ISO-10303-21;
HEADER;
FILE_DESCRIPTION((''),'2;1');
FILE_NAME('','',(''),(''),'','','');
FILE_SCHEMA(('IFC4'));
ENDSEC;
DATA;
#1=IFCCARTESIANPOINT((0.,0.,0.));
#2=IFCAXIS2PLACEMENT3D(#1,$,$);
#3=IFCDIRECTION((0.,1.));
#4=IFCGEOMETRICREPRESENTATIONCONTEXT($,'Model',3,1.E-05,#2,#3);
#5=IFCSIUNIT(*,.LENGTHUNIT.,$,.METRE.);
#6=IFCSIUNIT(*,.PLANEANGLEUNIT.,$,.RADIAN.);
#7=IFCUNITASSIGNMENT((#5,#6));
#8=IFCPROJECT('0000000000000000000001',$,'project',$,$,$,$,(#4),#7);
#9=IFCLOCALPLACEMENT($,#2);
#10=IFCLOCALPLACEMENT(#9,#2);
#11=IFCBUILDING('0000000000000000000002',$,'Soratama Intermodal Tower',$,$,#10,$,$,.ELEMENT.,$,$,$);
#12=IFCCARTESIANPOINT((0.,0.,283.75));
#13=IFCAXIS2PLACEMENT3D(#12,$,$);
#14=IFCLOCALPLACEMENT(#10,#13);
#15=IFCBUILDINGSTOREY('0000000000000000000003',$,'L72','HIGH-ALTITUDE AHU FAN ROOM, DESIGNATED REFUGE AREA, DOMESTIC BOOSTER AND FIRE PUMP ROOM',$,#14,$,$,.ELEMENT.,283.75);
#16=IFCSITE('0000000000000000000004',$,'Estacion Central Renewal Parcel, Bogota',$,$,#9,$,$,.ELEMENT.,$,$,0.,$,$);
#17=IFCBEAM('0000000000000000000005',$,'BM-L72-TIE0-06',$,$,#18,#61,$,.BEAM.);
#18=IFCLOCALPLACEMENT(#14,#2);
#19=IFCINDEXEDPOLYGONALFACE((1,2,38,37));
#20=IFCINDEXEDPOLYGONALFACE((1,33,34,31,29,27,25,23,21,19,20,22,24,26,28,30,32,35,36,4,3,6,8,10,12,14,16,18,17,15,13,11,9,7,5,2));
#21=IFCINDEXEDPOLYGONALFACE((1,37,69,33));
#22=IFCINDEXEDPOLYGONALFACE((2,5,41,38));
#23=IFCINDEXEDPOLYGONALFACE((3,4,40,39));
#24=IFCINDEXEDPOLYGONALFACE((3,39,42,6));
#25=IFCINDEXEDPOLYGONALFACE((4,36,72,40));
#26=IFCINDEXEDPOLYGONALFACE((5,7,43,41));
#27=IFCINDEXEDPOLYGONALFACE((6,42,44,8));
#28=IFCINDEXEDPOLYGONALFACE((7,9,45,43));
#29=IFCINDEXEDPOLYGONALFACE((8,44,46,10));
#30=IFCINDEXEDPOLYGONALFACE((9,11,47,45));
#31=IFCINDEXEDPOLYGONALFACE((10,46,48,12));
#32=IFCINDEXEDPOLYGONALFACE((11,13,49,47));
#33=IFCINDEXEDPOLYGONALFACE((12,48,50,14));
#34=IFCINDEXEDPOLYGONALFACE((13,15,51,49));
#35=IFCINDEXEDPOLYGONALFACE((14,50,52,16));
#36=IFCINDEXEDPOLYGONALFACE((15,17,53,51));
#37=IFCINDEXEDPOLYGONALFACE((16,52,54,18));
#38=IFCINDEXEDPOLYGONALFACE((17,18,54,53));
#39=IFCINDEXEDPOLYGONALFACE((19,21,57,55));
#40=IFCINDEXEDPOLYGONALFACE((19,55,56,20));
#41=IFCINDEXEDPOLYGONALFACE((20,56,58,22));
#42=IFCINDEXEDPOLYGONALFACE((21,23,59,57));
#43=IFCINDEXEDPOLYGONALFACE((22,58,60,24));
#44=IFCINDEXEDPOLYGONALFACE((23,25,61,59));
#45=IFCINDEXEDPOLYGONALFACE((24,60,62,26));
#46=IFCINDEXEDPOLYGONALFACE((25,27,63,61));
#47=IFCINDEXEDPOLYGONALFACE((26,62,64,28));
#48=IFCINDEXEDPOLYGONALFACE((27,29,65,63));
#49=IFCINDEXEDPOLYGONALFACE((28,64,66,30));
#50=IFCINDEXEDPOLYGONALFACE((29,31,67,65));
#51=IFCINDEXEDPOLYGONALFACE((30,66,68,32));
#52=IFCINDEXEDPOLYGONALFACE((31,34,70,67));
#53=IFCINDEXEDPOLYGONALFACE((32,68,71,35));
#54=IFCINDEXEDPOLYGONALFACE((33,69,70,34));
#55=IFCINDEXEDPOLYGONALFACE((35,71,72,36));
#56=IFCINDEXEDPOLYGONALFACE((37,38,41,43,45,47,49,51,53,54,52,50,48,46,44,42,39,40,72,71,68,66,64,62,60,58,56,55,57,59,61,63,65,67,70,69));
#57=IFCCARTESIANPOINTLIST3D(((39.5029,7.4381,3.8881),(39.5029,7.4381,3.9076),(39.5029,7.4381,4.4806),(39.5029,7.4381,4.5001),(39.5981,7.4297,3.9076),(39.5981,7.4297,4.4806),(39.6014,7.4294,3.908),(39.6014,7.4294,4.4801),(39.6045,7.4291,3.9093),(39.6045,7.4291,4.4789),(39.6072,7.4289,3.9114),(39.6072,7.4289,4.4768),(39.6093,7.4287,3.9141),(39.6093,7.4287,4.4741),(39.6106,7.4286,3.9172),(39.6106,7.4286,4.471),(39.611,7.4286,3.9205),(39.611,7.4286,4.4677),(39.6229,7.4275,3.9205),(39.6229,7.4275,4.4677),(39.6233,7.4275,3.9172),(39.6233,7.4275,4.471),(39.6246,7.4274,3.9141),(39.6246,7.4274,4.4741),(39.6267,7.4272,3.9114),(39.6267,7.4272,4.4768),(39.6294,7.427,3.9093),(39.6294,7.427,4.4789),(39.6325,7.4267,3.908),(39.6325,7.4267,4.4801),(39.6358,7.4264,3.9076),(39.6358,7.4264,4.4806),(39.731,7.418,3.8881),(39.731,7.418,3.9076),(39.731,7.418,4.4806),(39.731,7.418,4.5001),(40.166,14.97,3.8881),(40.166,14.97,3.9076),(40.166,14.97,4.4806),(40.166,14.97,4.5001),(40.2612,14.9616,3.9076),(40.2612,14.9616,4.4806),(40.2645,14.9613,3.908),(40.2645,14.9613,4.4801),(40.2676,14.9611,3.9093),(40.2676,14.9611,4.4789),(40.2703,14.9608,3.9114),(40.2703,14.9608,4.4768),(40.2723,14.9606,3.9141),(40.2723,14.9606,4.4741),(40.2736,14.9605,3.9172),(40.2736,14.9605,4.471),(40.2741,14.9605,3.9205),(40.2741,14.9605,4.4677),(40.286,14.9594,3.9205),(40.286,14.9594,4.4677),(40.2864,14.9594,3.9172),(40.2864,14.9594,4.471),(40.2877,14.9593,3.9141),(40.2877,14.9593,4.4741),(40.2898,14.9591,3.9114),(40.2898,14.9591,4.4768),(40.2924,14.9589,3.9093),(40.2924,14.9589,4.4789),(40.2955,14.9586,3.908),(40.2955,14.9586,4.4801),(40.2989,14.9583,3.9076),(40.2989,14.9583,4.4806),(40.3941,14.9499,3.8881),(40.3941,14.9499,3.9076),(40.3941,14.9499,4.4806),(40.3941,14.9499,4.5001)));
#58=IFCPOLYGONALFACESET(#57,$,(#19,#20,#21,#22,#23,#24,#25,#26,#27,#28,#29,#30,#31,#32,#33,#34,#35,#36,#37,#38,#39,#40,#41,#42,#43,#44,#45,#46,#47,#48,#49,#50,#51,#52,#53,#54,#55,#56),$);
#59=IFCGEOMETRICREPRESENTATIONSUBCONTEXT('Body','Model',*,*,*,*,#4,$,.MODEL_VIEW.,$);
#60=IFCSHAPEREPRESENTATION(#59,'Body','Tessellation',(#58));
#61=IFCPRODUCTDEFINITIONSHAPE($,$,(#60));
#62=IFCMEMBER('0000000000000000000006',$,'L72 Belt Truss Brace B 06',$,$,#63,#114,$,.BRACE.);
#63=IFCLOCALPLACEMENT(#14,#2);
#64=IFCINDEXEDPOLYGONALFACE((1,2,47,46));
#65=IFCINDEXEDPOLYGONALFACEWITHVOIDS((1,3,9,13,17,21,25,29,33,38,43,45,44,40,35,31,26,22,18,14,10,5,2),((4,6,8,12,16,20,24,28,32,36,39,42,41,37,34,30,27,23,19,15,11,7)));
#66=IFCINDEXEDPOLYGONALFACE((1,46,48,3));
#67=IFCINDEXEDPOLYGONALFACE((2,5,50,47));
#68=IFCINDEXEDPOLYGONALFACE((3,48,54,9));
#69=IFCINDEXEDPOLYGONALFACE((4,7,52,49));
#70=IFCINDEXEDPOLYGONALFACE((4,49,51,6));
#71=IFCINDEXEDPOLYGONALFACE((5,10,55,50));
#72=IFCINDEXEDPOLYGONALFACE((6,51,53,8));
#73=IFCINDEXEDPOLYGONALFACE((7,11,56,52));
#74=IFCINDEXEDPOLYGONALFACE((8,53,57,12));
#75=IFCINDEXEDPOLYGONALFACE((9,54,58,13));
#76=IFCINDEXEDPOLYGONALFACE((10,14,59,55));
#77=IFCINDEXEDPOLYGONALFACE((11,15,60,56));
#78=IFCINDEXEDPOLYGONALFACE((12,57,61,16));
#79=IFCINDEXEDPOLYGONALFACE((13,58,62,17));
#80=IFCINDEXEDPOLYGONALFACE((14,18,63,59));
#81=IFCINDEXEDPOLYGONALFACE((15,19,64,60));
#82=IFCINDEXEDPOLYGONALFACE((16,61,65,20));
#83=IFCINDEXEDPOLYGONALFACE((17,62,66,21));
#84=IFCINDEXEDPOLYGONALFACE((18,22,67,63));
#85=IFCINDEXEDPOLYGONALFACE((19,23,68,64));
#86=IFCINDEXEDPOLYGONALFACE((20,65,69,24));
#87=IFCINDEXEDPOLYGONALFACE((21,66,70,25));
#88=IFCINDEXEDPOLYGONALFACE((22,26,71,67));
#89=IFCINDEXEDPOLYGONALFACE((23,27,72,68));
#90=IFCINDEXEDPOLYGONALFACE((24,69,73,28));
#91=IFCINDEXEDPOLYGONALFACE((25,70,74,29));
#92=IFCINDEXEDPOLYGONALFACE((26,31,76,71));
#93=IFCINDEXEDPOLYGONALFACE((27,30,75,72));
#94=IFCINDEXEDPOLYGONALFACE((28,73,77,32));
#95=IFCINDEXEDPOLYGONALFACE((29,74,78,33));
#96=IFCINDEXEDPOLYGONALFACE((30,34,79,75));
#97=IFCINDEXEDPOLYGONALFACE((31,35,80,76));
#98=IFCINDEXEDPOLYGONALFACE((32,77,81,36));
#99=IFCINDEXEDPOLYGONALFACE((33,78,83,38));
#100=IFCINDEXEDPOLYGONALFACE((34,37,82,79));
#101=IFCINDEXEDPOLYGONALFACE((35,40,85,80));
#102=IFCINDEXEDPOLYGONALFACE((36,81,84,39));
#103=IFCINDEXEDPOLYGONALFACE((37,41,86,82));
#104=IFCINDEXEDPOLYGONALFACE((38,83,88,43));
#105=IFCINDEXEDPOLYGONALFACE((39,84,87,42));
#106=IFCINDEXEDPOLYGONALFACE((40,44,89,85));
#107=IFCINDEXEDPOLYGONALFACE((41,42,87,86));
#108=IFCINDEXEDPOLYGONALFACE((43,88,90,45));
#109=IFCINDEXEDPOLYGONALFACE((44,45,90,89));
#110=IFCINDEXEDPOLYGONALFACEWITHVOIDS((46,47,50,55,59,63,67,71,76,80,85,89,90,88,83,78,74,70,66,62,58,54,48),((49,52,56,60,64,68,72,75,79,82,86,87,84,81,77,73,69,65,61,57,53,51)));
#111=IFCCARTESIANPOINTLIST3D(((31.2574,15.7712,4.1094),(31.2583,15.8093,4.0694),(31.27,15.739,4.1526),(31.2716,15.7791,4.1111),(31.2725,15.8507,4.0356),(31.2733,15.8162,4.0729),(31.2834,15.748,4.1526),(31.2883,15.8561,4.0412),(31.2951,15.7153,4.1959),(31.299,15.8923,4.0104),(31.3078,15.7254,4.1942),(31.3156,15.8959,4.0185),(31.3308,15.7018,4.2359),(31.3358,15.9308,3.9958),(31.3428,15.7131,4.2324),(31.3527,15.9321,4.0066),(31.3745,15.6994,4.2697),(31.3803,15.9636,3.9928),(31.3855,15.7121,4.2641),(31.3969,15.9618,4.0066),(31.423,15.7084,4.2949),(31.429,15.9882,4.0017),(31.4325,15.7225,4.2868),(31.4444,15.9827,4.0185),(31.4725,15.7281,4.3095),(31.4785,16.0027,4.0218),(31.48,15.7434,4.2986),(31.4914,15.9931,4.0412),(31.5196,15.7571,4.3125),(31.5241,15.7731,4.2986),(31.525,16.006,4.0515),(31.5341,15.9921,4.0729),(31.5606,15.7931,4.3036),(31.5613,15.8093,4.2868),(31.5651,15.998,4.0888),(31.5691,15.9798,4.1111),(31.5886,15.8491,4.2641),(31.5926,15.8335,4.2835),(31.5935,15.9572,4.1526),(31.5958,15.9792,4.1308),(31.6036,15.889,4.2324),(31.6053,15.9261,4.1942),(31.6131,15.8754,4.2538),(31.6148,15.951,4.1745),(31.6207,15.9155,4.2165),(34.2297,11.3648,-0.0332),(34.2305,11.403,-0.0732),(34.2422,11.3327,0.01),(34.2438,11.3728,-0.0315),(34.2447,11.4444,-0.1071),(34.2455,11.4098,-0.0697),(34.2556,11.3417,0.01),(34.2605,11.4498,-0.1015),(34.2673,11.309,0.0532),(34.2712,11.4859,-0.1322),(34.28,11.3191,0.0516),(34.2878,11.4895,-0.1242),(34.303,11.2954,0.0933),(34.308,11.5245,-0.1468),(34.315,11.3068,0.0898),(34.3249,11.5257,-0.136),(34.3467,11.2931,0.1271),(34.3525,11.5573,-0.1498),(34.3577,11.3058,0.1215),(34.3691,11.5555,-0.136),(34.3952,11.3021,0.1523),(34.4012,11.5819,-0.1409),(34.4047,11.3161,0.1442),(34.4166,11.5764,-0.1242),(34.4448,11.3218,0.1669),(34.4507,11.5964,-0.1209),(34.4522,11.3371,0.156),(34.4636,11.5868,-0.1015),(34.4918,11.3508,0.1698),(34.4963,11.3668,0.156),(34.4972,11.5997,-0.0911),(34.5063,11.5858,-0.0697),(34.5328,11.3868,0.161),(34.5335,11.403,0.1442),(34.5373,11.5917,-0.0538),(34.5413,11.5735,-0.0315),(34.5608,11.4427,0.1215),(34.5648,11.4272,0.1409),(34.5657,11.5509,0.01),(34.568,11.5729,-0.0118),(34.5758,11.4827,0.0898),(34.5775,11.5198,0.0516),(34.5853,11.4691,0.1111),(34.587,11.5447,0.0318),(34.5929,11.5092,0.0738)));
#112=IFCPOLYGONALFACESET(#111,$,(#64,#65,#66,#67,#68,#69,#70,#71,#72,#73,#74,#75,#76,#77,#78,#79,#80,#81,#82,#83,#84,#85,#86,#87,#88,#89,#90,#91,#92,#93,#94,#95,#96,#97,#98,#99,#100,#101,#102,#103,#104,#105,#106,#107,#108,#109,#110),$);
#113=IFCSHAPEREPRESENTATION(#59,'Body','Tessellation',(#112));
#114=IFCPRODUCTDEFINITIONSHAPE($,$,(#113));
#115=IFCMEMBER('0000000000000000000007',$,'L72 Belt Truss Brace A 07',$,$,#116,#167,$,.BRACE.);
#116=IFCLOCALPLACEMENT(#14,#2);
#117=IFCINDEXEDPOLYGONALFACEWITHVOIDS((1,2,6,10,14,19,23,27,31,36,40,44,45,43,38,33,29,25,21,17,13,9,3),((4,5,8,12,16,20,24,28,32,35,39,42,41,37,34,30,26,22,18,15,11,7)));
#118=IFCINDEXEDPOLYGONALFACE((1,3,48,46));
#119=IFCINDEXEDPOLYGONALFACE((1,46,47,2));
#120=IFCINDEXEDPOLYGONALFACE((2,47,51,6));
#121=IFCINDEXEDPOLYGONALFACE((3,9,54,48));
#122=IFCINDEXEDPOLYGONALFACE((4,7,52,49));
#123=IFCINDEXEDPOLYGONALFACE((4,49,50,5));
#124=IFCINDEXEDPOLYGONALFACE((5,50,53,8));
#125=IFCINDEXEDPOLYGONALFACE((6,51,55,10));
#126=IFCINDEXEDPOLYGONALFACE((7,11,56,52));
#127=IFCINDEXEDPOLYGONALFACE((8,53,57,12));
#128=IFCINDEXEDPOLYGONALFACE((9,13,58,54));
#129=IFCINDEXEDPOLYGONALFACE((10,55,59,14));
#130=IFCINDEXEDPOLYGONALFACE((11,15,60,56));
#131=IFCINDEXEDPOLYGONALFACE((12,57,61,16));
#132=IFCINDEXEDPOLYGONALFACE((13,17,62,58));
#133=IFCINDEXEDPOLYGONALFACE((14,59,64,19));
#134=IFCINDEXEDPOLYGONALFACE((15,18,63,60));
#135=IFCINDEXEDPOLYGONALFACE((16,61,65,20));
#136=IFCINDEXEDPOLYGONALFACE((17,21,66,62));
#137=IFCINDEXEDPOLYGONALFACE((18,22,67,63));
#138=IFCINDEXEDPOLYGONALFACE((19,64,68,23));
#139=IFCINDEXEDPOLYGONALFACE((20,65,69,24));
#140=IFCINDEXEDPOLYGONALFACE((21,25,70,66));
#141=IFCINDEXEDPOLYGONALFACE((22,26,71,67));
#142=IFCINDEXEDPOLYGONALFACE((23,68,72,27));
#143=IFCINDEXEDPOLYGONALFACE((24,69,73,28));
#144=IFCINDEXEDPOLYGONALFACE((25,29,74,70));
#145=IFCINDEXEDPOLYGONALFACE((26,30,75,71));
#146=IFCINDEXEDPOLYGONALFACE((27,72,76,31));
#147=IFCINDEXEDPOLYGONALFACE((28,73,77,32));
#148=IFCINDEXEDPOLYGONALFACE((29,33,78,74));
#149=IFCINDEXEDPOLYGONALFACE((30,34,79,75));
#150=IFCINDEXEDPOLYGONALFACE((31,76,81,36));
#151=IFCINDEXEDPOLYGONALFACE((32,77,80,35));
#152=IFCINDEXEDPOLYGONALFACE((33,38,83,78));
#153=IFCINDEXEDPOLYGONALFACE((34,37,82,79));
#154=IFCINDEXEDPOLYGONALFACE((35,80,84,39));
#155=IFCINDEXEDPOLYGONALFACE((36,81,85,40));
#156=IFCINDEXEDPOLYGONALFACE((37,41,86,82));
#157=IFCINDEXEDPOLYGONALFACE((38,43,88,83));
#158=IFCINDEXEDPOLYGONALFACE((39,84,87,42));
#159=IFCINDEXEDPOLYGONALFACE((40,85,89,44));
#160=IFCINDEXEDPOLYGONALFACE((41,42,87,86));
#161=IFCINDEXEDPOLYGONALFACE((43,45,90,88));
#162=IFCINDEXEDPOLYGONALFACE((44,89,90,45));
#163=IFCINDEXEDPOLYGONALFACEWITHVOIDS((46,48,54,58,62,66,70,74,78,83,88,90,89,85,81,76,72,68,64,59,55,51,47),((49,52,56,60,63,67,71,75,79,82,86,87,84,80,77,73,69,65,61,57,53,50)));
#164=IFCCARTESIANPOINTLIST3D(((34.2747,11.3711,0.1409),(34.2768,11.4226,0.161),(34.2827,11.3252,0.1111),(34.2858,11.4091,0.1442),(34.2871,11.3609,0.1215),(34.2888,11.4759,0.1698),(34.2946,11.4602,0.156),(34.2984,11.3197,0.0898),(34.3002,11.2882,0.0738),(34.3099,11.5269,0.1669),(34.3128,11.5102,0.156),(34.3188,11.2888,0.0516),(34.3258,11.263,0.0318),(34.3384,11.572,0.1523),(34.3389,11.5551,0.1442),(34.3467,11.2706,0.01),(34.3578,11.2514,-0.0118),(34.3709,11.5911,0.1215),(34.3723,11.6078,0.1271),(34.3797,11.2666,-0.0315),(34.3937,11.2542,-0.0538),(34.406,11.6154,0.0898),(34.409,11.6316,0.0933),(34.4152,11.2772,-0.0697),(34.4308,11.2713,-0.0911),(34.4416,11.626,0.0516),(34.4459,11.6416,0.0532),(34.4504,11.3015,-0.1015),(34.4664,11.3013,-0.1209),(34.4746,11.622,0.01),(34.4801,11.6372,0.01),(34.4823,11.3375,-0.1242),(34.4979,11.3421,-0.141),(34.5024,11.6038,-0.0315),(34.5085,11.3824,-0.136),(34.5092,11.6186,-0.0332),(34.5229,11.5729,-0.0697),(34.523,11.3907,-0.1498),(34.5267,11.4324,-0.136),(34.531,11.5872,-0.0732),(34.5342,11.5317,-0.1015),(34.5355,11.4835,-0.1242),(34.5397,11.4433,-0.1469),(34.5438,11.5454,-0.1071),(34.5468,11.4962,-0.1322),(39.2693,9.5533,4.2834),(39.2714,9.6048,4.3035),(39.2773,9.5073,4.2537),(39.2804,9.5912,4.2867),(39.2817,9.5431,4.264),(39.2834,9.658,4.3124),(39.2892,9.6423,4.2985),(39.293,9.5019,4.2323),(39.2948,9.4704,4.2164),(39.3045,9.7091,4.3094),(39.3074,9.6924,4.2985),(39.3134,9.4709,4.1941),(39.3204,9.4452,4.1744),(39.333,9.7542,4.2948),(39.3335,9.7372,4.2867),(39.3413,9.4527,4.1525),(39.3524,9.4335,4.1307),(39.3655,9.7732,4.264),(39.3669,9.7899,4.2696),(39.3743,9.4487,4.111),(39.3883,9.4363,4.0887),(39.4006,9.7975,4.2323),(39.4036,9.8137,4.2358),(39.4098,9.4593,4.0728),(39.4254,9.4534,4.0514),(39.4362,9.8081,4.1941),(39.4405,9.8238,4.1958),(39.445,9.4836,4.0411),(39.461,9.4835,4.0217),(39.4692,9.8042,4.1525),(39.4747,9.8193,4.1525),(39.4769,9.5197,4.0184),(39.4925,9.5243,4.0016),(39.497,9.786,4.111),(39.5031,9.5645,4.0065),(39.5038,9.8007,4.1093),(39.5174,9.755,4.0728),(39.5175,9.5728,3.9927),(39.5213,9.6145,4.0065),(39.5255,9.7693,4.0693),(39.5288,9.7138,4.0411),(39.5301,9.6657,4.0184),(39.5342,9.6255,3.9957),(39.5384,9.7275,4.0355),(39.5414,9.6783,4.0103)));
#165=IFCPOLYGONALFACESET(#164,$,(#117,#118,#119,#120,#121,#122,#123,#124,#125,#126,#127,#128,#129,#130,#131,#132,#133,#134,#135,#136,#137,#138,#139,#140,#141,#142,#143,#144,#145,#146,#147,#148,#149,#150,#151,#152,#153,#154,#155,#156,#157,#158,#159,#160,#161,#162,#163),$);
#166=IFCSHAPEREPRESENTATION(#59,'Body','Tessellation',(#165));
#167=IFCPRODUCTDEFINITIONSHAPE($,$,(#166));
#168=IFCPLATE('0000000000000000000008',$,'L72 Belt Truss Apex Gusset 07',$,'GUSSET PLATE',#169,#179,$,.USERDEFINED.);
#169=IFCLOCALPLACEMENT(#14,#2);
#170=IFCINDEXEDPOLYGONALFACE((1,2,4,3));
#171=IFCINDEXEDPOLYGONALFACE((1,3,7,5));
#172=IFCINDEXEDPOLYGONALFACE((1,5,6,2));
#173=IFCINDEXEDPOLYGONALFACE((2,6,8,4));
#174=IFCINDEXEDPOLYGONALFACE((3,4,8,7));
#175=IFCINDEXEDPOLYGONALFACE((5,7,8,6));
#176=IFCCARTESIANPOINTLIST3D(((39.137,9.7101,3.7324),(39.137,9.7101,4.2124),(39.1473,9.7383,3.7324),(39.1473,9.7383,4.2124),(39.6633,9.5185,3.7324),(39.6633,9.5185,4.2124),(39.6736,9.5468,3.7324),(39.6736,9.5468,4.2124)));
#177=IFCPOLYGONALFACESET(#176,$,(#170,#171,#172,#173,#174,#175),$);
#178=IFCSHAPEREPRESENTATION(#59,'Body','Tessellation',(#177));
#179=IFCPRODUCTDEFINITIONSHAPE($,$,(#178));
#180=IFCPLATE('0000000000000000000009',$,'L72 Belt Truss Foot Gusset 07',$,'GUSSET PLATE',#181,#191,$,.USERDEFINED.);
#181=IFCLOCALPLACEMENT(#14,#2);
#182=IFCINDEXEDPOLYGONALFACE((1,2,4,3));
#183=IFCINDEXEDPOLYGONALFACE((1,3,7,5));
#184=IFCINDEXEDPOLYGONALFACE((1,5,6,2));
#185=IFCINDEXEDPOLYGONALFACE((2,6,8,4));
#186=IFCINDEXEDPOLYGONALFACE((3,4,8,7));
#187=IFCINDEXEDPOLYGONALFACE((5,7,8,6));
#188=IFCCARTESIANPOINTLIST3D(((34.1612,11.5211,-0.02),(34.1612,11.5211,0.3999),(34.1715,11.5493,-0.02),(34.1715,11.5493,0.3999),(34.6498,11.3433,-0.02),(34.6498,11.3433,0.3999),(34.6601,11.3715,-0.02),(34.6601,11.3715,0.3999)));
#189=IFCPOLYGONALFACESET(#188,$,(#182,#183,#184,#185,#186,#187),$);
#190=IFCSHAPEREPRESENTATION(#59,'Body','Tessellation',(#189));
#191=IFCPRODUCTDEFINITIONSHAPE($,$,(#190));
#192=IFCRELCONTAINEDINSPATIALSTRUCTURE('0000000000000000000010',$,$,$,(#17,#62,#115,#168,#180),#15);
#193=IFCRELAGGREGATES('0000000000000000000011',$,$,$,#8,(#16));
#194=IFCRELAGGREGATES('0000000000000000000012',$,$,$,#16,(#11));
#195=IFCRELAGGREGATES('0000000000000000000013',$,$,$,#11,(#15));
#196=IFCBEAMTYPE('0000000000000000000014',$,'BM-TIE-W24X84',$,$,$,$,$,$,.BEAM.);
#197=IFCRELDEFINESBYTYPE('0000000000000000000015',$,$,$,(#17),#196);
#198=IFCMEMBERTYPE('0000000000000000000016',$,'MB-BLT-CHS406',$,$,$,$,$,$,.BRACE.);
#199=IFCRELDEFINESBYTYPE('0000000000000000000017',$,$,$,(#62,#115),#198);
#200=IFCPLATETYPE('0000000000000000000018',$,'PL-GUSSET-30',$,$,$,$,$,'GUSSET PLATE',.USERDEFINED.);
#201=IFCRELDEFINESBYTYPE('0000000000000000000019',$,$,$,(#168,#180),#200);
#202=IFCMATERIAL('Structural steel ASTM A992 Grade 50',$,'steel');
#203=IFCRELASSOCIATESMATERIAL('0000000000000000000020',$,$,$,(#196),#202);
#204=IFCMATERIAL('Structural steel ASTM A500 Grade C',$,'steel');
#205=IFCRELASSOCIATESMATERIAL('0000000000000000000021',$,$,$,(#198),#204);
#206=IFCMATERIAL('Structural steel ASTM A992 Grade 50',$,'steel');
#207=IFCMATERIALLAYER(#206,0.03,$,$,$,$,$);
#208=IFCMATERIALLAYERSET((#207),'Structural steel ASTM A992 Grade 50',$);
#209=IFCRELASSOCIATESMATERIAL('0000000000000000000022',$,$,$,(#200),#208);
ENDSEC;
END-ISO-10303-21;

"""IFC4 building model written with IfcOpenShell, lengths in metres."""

from ifc_helpers import new_model, si_unit, direction, frame, origin, origin_2d, place, context, subcontext, project, spatial, rectangle, hollow_circle, i_section, extrude, material, layer, layer_set, material_profile, profile_set, type_object, element, save


model = new_model("IFC4")

# Units and contexts
model_context = context("Model", 3, precision=1e-05, world=origin(), true_north=direction((0.0, 1.0)))
body_context = subcontext(model_context, "Body", "Model", "MODEL_VIEW")
ifc_project = project(units=[si_unit("LENGTHUNIT", "METRE"), si_unit("PLANEANGLEUNIT", "RADIAN")], contexts=[model_context])

# Site, building, storey
site_placement = place(None, origin())
site = spatial("IfcSite", under=ifc_project, at=site_placement, Name="Estacion Central Renewal Parcel, Bogota", CompositionType="ELEMENT", RefElevation=0.0)
building_placement = place(site_placement, origin())
building = spatial("IfcBuilding", under=site, at=building_placement, Name="Soratama Intermodal Tower", CompositionType="ELEMENT")
storey_placement = place(building_placement, frame((0.0, 0.0, 283.75)))
storey = spatial("IfcBuildingStorey", under=building, at=storey_placement, Name="L72", Description="HIGH-ALTITUDE AHU FAN ROOM, DESIGNATED REFUGE AREA, DOMESTIC BOOSTER AND FIRE PUMP ROOM", CompositionType="ELEMENT", Elevation=283.75)

# Beam
ifc_material_1 = material(Name="Structural steel ASTM A992 Grade 50", Category="steel")
ifc_material_profile_1 = material_profile(ifc_material_1, i_section(OverallWidth=0.229, OverallDepth=0.6121, WebThickness=0.012, FlangeThickness=0.0195, FilletRadius=0.0129, at=origin_2d()), Name="W24X84")
ifc_profile_set_1 = profile_set([ifc_material_profile_1], Name="Structural steel ASTM A992 Grade 50")
beam_type_1 = type_object("IfcBeamType", Name="BM-TIE-W24X84", PredefinedType="BEAM", material=ifc_profile_set_1)
beam_1_placement = place(storey_placement, frame((40.28, 14.96, 4.1941), z_axis=(-0.087697, -0.996147, 0.0), x_axis=(0.996147, -0.087697, 0.0)))
element("IfcBeam", 1, at=beam_1_placement, inside=storey, type_object=beam_type_1, Name="BM-L72-TIE0-06", PredefinedType="BEAM", context=body_context, shape_type="SweptSolid", body=[
    extrude(i_section(OverallWidth=0.229, OverallDepth=0.6121, WebThickness=0.012, FlangeThickness=0.0195, FilletRadius=0.0129, at=origin_2d()), origin(), (0.0, 0.0, 1.0), 7.561),
])

# Members
ifc_material_2 = material(Name="Structural steel ASTM A500 Grade C", Category="steel")
ifc_material_profile_2 = material_profile(ifc_material_2, hollow_circle(Radius=0.2031, WallThickness=0.0161, at=origin_2d()), Name="CHS406X16")
ifc_profile_set_2 = profile_set([ifc_material_profile_2], Name="Structural steel ASTM A500 Grade C")
member_type = type_object("IfcMemberType", Name="MB-BLT-CHS406", PredefinedType="BRACE", material=ifc_profile_set_2)
for number, where, z_axis, x_axis, name in (
    (2, (34.4106, 11.4463, 0.01), (-0.441061, 0.653875, 0.614746), (-0.829028, -0.559208, 0.0), "L72 Belt Truss Brace B 06"),
    (3, (34.4106, 11.4463, 0.01), (0.741171, -0.26976, 0.614732), (0.342016, 0.939694, 0.0), "L72 Belt Truss Brace A 07"),
):
    element("IfcMember", number, at=place(storey_placement, frame(where, z_axis=z_axis, x_axis=x_axis)), inside=storey, type_object=member_type, Name=name, PredefinedType="BRACE", context=body_context, shape_type="SweptSolid", body=[
        extrude(hollow_circle(Radius=0.2031, WallThickness=0.0161, at=origin_2d()), origin(), (0.0, 0.0, 1.0), 6.7388),
    ])

# Plates
ifc_material_3 = material(Name="Structural steel ASTM A992 Grade 50", Category="steel")
ifc_layer_1 = layer(ifc_material_3, 0.03)
ifc_layer_set_1 = layer_set([ifc_layer_1], Name="Structural steel ASTM A992 Grade 50")
plate_type = type_object("IfcPlateType", Name="PL-GUSSET-30", ElementType="GUSSET PLATE", PredefinedType="USERDEFINED", material=ifc_layer_set_1)
plate_1_placement = place(storey_placement, frame((39.4053, 9.6284, 3.7324), z_axis=(0.0, 0.0, 1.0), x_axis=(0.939693, -0.34202, 0.0)))
element("IfcPlate", 4, at=plate_1_placement, inside=storey, type_object=plate_type, Name="L72 Belt Truss Apex Gusset 07", ObjectType="GUSSET PLATE", PredefinedType="USERDEFINED", context=body_context, shape_type="SweptSolid", body=[
    extrude(rectangle(XDim=0.5601, YDim=0.03, at=origin_2d()), origin(), (0.0, 0.0, 1.0), 0.48),
])
plate_2_placement = place(storey_placement, frame((34.4106, 11.4463, -0.02), z_axis=(0.0, 0.0, 1.0), x_axis=(0.939693, -0.34202, 0.0)))
element("IfcPlate", 5, at=plate_2_placement, inside=storey, type_object=plate_type, Name="L72 Belt Truss Foot Gusset 07", ObjectType="GUSSET PLATE", PredefinedType="USERDEFINED", context=body_context, shape_type="SweptSolid", body=[
    extrude(rectangle(XDim=0.52, YDim=0.03, at=origin_2d()), origin(), (0.0, 0.0, 1.0), 0.4199),
])

save(model, "model.ifc")
